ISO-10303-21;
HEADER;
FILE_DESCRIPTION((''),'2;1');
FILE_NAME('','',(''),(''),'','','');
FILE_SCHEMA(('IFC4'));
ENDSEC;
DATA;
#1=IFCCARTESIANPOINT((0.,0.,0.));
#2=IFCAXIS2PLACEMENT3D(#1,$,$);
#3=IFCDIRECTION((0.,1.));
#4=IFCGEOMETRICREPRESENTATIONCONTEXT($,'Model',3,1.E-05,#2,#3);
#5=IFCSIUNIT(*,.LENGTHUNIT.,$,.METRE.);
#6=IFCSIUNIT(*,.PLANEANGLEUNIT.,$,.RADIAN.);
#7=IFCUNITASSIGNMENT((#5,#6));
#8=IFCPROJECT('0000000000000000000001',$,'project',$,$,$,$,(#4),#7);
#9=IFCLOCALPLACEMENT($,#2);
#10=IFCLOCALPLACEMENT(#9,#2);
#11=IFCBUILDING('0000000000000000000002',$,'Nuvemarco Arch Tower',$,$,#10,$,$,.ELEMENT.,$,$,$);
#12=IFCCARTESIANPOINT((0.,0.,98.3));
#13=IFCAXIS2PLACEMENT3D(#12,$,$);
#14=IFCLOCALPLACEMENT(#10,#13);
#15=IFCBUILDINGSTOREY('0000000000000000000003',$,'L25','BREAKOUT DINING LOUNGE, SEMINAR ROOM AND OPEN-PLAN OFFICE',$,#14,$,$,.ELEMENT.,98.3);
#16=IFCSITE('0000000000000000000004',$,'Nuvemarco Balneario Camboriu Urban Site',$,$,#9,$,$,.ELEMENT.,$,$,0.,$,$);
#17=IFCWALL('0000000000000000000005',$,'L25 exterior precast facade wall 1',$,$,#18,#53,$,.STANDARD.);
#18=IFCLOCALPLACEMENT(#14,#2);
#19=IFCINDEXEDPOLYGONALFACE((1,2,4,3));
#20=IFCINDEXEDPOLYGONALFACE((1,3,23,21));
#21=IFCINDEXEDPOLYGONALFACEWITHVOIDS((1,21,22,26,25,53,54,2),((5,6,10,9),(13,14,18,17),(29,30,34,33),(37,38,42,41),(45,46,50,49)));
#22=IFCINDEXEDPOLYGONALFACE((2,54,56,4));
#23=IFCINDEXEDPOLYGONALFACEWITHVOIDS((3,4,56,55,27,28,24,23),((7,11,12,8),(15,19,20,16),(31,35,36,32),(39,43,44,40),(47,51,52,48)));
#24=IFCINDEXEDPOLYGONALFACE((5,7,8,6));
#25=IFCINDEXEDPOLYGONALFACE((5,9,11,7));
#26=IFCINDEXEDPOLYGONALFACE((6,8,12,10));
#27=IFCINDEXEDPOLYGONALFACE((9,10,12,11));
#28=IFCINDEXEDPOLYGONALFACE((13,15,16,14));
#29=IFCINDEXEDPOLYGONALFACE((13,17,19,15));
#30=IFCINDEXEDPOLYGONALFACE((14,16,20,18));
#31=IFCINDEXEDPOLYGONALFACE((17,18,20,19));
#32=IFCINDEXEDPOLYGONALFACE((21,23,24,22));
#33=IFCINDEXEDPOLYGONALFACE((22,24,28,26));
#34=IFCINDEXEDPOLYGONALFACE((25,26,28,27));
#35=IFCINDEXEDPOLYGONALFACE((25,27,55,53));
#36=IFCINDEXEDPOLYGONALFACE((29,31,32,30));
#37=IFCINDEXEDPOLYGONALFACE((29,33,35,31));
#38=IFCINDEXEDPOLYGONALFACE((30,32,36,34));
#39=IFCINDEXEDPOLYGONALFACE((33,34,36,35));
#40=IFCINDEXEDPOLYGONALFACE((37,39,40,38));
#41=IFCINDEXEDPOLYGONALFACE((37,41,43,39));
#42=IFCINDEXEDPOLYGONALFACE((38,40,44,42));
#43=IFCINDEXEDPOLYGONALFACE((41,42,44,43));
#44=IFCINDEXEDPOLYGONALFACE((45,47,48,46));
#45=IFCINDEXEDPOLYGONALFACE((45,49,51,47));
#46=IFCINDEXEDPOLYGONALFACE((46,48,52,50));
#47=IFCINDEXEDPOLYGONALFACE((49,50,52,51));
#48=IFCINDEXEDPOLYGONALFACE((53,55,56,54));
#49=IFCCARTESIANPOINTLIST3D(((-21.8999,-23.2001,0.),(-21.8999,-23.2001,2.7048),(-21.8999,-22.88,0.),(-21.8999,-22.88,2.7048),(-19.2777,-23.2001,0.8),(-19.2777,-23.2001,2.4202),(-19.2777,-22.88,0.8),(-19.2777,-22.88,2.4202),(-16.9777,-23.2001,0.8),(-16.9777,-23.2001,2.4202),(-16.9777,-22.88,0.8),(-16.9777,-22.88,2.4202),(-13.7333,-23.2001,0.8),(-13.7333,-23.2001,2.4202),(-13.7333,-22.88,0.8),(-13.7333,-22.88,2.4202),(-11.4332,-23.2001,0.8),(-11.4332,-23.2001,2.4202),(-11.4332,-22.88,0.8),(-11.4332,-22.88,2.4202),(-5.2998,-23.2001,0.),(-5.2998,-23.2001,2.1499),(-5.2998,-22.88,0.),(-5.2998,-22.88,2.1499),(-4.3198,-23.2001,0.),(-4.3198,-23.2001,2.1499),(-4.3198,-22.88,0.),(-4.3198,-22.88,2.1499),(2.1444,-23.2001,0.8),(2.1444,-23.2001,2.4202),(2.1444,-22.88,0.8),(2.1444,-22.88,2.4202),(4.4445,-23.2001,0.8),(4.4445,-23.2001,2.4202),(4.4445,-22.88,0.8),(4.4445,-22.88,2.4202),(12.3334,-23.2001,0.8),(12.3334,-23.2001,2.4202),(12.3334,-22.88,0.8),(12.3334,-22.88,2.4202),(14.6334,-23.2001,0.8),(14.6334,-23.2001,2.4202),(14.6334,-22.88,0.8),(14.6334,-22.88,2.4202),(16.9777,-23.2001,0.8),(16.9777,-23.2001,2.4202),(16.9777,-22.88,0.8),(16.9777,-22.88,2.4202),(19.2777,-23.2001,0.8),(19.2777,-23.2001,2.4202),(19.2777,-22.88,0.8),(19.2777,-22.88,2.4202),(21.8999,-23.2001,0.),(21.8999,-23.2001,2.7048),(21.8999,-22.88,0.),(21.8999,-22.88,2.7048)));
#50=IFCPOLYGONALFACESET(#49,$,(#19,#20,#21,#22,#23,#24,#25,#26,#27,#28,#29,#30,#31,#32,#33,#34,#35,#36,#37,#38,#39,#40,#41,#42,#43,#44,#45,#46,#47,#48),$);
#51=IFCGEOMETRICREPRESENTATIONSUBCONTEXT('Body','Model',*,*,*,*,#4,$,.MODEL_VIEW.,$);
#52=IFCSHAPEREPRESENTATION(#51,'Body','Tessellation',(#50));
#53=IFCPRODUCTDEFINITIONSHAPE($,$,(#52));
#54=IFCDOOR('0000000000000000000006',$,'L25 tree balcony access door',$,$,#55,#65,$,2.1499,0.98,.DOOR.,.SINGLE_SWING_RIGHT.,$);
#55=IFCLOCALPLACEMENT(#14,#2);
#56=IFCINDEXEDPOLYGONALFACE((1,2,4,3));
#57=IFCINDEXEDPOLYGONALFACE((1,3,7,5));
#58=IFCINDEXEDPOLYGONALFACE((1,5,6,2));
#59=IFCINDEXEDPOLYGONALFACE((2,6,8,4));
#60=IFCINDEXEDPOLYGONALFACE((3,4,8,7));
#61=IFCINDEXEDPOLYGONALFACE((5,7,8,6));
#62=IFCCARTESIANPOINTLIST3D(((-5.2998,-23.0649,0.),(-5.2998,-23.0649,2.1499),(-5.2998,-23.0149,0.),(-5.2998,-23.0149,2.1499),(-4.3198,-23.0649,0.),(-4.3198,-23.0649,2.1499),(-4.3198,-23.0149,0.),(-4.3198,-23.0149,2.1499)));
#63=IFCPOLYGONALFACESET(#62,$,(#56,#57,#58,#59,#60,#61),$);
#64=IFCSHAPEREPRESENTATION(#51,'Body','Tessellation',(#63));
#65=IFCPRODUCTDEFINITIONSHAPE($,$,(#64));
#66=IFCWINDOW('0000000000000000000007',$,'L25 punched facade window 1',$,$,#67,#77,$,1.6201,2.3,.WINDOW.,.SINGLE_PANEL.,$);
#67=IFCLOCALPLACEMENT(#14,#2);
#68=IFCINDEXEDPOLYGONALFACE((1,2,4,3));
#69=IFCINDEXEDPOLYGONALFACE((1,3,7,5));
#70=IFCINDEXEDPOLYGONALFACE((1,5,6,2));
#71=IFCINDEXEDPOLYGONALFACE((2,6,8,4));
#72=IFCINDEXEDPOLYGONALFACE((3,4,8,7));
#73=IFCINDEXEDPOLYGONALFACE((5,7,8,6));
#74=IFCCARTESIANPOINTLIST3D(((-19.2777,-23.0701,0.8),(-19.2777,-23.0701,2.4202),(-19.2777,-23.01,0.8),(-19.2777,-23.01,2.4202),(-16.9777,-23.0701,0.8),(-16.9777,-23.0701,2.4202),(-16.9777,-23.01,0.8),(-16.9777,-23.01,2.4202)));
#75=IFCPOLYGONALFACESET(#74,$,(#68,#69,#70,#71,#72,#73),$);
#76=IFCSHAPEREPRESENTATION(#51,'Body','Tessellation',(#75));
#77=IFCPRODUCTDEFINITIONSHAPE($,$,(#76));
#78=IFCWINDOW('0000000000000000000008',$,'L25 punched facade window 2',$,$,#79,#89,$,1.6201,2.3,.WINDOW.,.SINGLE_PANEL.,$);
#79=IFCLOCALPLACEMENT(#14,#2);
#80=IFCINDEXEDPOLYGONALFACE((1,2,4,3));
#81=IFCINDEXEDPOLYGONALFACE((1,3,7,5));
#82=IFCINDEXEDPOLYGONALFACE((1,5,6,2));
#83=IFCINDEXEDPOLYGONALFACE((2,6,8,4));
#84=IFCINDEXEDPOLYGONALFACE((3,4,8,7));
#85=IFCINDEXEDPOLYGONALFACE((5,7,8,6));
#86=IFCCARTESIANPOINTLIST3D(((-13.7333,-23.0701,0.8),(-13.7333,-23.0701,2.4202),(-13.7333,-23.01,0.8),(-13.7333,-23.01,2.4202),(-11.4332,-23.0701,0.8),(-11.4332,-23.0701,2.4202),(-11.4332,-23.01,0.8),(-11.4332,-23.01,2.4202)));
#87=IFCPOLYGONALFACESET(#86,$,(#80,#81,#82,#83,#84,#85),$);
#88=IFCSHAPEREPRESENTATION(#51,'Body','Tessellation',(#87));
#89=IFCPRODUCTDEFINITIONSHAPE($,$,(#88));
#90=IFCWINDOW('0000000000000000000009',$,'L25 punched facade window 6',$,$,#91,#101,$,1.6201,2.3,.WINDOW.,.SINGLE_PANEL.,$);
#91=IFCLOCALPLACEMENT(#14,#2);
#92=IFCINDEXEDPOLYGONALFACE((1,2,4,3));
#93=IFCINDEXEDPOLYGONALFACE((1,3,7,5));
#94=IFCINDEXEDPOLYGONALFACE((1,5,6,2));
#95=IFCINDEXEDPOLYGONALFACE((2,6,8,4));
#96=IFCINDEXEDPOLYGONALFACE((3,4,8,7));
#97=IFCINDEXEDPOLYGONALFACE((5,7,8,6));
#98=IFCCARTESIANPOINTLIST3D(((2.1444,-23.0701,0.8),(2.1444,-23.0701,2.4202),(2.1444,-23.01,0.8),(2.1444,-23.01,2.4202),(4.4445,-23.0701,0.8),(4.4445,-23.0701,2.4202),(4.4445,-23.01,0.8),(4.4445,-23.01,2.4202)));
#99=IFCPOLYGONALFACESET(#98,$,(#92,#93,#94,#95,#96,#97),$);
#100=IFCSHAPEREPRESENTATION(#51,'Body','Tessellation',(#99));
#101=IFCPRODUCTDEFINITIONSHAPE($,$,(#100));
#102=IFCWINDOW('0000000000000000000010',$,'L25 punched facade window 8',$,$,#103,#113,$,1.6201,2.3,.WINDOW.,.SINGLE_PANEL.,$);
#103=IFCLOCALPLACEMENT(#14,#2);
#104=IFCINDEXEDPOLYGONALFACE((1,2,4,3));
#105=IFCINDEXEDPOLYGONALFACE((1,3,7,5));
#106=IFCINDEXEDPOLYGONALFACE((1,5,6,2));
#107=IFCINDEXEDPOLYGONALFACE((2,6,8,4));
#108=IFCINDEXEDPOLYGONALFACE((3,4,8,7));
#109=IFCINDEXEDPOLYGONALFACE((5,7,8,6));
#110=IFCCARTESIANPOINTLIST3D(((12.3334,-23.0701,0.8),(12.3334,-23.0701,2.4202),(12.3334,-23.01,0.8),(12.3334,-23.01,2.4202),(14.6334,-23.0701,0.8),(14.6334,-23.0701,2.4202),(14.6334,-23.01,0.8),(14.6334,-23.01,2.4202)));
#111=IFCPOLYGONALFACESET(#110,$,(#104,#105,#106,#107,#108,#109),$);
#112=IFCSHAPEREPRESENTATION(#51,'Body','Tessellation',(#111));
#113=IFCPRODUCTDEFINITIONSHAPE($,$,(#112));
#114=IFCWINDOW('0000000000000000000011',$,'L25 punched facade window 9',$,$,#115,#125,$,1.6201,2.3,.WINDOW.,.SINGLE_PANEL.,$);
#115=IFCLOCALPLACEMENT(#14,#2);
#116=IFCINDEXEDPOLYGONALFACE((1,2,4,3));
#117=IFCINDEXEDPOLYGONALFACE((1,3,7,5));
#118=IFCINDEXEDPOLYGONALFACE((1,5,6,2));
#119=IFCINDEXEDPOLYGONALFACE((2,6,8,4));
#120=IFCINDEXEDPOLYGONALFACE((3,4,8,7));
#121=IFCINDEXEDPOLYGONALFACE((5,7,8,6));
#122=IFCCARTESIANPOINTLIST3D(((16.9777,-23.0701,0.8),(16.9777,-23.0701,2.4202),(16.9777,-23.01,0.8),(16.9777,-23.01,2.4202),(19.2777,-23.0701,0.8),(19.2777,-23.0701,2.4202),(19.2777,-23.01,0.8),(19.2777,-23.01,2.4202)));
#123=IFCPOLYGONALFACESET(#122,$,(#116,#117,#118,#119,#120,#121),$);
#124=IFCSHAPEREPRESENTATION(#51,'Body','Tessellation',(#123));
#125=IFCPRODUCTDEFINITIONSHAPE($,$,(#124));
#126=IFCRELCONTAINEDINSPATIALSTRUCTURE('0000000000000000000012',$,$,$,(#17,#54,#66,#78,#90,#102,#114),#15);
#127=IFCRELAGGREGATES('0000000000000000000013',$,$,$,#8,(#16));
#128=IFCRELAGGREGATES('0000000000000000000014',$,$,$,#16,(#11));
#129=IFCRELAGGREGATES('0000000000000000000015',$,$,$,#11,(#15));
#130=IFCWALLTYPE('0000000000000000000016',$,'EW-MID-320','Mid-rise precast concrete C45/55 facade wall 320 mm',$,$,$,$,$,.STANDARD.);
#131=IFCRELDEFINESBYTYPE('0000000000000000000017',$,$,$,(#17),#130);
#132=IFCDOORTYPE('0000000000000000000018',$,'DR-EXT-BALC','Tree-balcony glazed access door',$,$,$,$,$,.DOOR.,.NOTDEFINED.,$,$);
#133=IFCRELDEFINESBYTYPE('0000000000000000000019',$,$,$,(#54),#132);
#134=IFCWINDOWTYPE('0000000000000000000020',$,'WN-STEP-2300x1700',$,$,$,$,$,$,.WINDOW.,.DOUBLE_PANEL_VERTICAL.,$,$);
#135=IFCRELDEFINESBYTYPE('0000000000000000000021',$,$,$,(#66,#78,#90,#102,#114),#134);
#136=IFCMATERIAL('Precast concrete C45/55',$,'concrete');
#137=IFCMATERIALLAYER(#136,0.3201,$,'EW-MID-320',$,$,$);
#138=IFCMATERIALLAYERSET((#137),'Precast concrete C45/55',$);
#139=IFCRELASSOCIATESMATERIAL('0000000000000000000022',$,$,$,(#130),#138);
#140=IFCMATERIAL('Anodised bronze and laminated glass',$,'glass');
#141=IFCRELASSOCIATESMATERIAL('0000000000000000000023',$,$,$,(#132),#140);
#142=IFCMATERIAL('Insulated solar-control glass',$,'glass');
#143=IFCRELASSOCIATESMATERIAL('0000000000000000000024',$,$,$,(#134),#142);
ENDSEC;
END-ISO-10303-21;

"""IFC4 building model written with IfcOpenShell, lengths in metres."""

from ifc_helpers import new_model, si_unit, direction, frame, frame_2d, origin, place, context, subcontext, project, spatial, rectangle, extrude, source, transform, mapped, material, layer, layer_set, type_object, type_shapes, element, fill, save


model = new_model("IFC4")

# Units and contexts
model_context = context("Model", 3, precision=1e-05, world=origin(), true_north=direction((0.0, 1.0)))
body_context = subcontext(model_context, "Body", "Model", "MODEL_VIEW")
ifc_project = project(units=[si_unit("LENGTHUNIT", "METRE"), si_unit("PLANEANGLEUNIT", "RADIAN")], contexts=[model_context])

# Site, building, storey
site_placement = place(None, origin())
site = spatial("IfcSite", under=ifc_project, at=site_placement, Name="Nuvemarco Balneario Camboriu Urban Site", CompositionType="ELEMENT", RefElevation=0.0)
building_placement = place(site_placement, origin())
building = spatial("IfcBuilding", under=site, at=building_placement, Name="Nuvemarco Arch Tower", CompositionType="ELEMENT")
storey_placement = place(building_placement, frame((0.0, 0.0, 98.3)))
storey = spatial("IfcBuildingStorey", under=building, at=storey_placement, Name="L25", Description="BREAKOUT DINING LOUNGE, SEMINAR ROOM AND OPEN-PLAN OFFICE", CompositionType="ELEMENT", Elevation=98.3)

# Wall, openings, door, windows
ifc_material_1 = material(Name="Precast concrete C45/55", Category="concrete")
ifc_layer_1 = layer(ifc_material_1, 0.3201, Name="EW-MID-320")
ifc_layer_set_1 = layer_set([ifc_layer_1], Name="Precast concrete C45/55")
wall_type_1 = type_object("IfcWallType", Name="EW-MID-320", Description="Mid-rise precast concrete C45/55 facade wall 320 mm", PredefinedType="STANDARD", material=ifc_layer_set_1)
wall_1_placement = place(storey_placement, frame((-21.8999, -23.04, 0.0), z_axis=(0.0, 0.0, 1.0), x_axis=(1.0, 0.0, 0.0)))
wall_1 = element("IfcWall", 1, at=wall_1_placement, inside=storey, type_object=wall_type_1, Name="L25 exterior precast facade wall 1", PredefinedType="STANDARD", context=body_context, shape_type="SweptSolid", body=[
    extrude(rectangle(XDim=43.7998, YDim=0.3201, at=frame_2d((21.8999, 0.0))), origin(), (0.0, 0.0, 1.0), 2.7048),
])
opening_1_placement = place(wall_1_placement, frame((17.5801, 0.0, 0.0), z_axis=(0.0, 0.0, 1.0), x_axis=(-1.0, 0.0, 0.0)))
opening_1 = element("IfcOpeningElement", 2, at=opening_1_placement, cuts=wall_1, PredefinedType="OPENING", context=body_context, shape_type="SweptSolid", body=[
    extrude(rectangle(XDim=0.98, YDim=2.1499, at=frame_2d((0.49, 1.075))), frame((0.0, 0.1699, 0.0), z_axis=(0.0, -1.0, 0.0), x_axis=(1.0, 0.0, 0.0)), (0.0, 0.0, 1.0), 0.3401),
])
opening_2_placement = place(wall_1_placement, frame((2.6223, 0.0, 0.8)))
opening_2 = element("IfcOpeningElement", 3, at=opening_2_placement, cuts=wall_1, PredefinedType="OPENING", context=body_context, shape_type="SweptSolid", body=[
    extrude(rectangle(XDim=2.3, YDim=1.6201, at=frame_2d((1.1499, 0.8101))), frame((0.0, 0.1699, 0.0), z_axis=(0.0, -1.0, 0.0), x_axis=(1.0, 0.0, 0.0)), (0.0, 0.0, 1.0), 0.3401),
])
opening_3_placement = place(wall_1_placement, frame((8.1667, 0.0, 0.8)))
opening_3 = element("IfcOpeningElement", 4, at=opening_3_placement, cuts=wall_1, PredefinedType="OPENING", context=body_context, shape_type="SweptSolid", body=[
    extrude(rectangle(XDim=2.3, YDim=1.6201, at=frame_2d((1.1499, 0.8101))), frame((0.0, 0.1699, 0.0), z_axis=(0.0, -1.0, 0.0), x_axis=(1.0, 0.0, 0.0)), (0.0, 0.0, 1.0), 0.3401),
])
opening_4_placement = place(wall_1_placement, frame((24.0444, 0.0, 0.8)))
opening_4 = element("IfcOpeningElement", 5, at=opening_4_placement, cuts=wall_1, PredefinedType="OPENING", context=body_context, shape_type="SweptSolid", body=[
    extrude(rectangle(XDim=2.3, YDim=1.6201, at=frame_2d((1.1499, 0.8101))), frame((0.0, 0.1699, 0.0), z_axis=(0.0, -1.0, 0.0), x_axis=(1.0, 0.0, 0.0)), (0.0, 0.0, 1.0), 0.3401),
])
opening_5_placement = place(wall_1_placement, frame((34.2334, 0.0, 0.8)))
opening_5 = element("IfcOpeningElement", 6, at=opening_5_placement, cuts=wall_1, PredefinedType="OPENING", context=body_context, shape_type="SweptSolid", body=[
    extrude(rectangle(XDim=2.3, YDim=1.6201, at=frame_2d((1.1499, 0.8101))), frame((0.0, 0.1699, 0.0), z_axis=(0.0, -1.0, 0.0), x_axis=(1.0, 0.0, 0.0)), (0.0, 0.0, 1.0), 0.3401),
])
opening_6_placement = place(wall_1_placement, frame((38.8777, 0.0, 0.8)))
opening_6 = element("IfcOpeningElement", 7, at=opening_6_placement, cuts=wall_1, PredefinedType="OPENING", context=body_context, shape_type="SweptSolid", body=[
    extrude(rectangle(XDim=2.3, YDim=1.6201, at=frame_2d((1.1499, 0.8101))), frame((0.0, 0.1699, 0.0), z_axis=(0.0, -1.0, 0.0), x_axis=(1.0, 0.0, 0.0)), (0.0, 0.0, 1.0), 0.3401),
])
ifc_material_2 = material(Name="Anodised bronze and laminated glass", Category="glass")
door_type = type_object("IfcDoorType", Name="DR-EXT-BALC", Description="Tree-balcony glazed access door", OperationType="NOTDEFINED", PredefinedType="DOOR", material=ifc_material_2)
shared_shape_1 = source(origin(), body_context, "Body", "SweptSolid", [
    extrude(rectangle(XDim=0.98, YDim=2.1499, at=frame_2d((0.49, 1.075))), frame((0.0, 0.0249, 0.0), z_axis=(0.0, -1.0, 0.0), x_axis=(1.0, 0.0, 0.0)), (0.0, 0.0, 1.0), 0.05),
])
type_shapes(door_type, [shared_shape_1])
door_placement = place(opening_1_placement, origin())
door = element("IfcDoor", 8, at=door_placement, inside=storey, type_object=door_type, Name="L25 tree balcony access door", OperationType="SINGLE_SWING_RIGHT", OverallHeight=2.1499, OverallWidth=0.98, PredefinedType="DOOR", context=body_context, shape_type="MappedRepresentation", body=[
    mapped(shared_shape_1, transform((0.0, 0.0, 0.0), scale=1.0)),
])
fill(opening_1, door)
ifc_material_3 = material(Name="Insulated solar-control glass", Category="glass")
window_type_1 = type_object("IfcWindowType", Name="WN-STEP-2300x1700", PartitioningType="DOUBLE_PANEL_VERTICAL", PredefinedType="WINDOW", material=ifc_material_3)
shared_shape_2 = source(origin(), body_context, "Body", "SweptSolid", [
    extrude(rectangle(XDim=2.3, YDim=1.6201, at=frame_2d((1.1499, 0.8101))), frame((0.0, 0.03, 0.0), z_axis=(0.0, -1.0, 0.0), x_axis=(1.0, 0.0, 0.0)), (0.0, 0.0, 1.0), 0.0601),
])
type_shapes(window_type_1, [shared_shape_2])
window_1_placement = place(opening_2_placement, origin())
window_1 = element("IfcWindow", 9, at=window_1_placement, inside=storey, type_object=window_type_1, Name="L25 punched facade window 1", OverallHeight=1.6201, OverallWidth=2.3, PartitioningType="SINGLE_PANEL", PredefinedType="WINDOW", context=body_context, shape_type="MappedRepresentation", body=[
    mapped(shared_shape_2, transform((0.0, 0.0, 0.0), scale=1.0)),
])
fill(opening_2, window_1)
window_2_placement = place(opening_3_placement, origin())
window_2 = element("IfcWindow", 10, at=window_2_placement, inside=storey, type_object=window_type_1, Name="L25 punched facade window 2", OverallHeight=1.6201, OverallWidth=2.3, PartitioningType="SINGLE_PANEL", PredefinedType="WINDOW", context=body_context, shape_type="MappedRepresentation", body=[
    mapped(shared_shape_2, transform((0.0, 0.0, 0.0), scale=1.0)),
])
fill(opening_3, window_2)
window_3_placement = place(opening_4_placement, origin())
window_3 = element("IfcWindow", 11, at=window_3_placement, inside=storey, type_object=window_type_1, Name="L25 punched facade window 6", OverallHeight=1.6201, OverallWidth=2.3, PartitioningType="SINGLE_PANEL", PredefinedType="WINDOW", context=body_context, shape_type="MappedRepresentation", body=[
    mapped(shared_shape_2, transform((0.0, 0.0, 0.0), scale=1.0)),
])
fill(opening_4, window_3)
window_4_placement = place(opening_5_placement, origin())
window_4 = element("IfcWindow", 12, at=window_4_placement, inside=storey, type_object=window_type_1, Name="L25 punched facade window 8", OverallHeight=1.6201, OverallWidth=2.3, PartitioningType="SINGLE_PANEL", PredefinedType="WINDOW", context=body_context, shape_type="MappedRepresentation", body=[
    mapped(shared_shape_2, transform((0.0, 0.0, 0.0), scale=1.0)),
])
fill(opening_5, window_4)
window_5_placement = place(opening_6_placement, origin())
window_5 = element("IfcWindow", 13, at=window_5_placement, inside=storey, type_object=window_type_1, Name="L25 punched facade window 9", OverallHeight=1.6201, OverallWidth=2.3, PartitioningType="SINGLE_PANEL", PredefinedType="WINDOW", context=body_context, shape_type="MappedRepresentation", body=[
    mapped(shared_shape_2, transform((0.0, 0.0, 0.0), scale=1.0)),
])
fill(opening_6, window_5)

save(model, "model.ifc")
